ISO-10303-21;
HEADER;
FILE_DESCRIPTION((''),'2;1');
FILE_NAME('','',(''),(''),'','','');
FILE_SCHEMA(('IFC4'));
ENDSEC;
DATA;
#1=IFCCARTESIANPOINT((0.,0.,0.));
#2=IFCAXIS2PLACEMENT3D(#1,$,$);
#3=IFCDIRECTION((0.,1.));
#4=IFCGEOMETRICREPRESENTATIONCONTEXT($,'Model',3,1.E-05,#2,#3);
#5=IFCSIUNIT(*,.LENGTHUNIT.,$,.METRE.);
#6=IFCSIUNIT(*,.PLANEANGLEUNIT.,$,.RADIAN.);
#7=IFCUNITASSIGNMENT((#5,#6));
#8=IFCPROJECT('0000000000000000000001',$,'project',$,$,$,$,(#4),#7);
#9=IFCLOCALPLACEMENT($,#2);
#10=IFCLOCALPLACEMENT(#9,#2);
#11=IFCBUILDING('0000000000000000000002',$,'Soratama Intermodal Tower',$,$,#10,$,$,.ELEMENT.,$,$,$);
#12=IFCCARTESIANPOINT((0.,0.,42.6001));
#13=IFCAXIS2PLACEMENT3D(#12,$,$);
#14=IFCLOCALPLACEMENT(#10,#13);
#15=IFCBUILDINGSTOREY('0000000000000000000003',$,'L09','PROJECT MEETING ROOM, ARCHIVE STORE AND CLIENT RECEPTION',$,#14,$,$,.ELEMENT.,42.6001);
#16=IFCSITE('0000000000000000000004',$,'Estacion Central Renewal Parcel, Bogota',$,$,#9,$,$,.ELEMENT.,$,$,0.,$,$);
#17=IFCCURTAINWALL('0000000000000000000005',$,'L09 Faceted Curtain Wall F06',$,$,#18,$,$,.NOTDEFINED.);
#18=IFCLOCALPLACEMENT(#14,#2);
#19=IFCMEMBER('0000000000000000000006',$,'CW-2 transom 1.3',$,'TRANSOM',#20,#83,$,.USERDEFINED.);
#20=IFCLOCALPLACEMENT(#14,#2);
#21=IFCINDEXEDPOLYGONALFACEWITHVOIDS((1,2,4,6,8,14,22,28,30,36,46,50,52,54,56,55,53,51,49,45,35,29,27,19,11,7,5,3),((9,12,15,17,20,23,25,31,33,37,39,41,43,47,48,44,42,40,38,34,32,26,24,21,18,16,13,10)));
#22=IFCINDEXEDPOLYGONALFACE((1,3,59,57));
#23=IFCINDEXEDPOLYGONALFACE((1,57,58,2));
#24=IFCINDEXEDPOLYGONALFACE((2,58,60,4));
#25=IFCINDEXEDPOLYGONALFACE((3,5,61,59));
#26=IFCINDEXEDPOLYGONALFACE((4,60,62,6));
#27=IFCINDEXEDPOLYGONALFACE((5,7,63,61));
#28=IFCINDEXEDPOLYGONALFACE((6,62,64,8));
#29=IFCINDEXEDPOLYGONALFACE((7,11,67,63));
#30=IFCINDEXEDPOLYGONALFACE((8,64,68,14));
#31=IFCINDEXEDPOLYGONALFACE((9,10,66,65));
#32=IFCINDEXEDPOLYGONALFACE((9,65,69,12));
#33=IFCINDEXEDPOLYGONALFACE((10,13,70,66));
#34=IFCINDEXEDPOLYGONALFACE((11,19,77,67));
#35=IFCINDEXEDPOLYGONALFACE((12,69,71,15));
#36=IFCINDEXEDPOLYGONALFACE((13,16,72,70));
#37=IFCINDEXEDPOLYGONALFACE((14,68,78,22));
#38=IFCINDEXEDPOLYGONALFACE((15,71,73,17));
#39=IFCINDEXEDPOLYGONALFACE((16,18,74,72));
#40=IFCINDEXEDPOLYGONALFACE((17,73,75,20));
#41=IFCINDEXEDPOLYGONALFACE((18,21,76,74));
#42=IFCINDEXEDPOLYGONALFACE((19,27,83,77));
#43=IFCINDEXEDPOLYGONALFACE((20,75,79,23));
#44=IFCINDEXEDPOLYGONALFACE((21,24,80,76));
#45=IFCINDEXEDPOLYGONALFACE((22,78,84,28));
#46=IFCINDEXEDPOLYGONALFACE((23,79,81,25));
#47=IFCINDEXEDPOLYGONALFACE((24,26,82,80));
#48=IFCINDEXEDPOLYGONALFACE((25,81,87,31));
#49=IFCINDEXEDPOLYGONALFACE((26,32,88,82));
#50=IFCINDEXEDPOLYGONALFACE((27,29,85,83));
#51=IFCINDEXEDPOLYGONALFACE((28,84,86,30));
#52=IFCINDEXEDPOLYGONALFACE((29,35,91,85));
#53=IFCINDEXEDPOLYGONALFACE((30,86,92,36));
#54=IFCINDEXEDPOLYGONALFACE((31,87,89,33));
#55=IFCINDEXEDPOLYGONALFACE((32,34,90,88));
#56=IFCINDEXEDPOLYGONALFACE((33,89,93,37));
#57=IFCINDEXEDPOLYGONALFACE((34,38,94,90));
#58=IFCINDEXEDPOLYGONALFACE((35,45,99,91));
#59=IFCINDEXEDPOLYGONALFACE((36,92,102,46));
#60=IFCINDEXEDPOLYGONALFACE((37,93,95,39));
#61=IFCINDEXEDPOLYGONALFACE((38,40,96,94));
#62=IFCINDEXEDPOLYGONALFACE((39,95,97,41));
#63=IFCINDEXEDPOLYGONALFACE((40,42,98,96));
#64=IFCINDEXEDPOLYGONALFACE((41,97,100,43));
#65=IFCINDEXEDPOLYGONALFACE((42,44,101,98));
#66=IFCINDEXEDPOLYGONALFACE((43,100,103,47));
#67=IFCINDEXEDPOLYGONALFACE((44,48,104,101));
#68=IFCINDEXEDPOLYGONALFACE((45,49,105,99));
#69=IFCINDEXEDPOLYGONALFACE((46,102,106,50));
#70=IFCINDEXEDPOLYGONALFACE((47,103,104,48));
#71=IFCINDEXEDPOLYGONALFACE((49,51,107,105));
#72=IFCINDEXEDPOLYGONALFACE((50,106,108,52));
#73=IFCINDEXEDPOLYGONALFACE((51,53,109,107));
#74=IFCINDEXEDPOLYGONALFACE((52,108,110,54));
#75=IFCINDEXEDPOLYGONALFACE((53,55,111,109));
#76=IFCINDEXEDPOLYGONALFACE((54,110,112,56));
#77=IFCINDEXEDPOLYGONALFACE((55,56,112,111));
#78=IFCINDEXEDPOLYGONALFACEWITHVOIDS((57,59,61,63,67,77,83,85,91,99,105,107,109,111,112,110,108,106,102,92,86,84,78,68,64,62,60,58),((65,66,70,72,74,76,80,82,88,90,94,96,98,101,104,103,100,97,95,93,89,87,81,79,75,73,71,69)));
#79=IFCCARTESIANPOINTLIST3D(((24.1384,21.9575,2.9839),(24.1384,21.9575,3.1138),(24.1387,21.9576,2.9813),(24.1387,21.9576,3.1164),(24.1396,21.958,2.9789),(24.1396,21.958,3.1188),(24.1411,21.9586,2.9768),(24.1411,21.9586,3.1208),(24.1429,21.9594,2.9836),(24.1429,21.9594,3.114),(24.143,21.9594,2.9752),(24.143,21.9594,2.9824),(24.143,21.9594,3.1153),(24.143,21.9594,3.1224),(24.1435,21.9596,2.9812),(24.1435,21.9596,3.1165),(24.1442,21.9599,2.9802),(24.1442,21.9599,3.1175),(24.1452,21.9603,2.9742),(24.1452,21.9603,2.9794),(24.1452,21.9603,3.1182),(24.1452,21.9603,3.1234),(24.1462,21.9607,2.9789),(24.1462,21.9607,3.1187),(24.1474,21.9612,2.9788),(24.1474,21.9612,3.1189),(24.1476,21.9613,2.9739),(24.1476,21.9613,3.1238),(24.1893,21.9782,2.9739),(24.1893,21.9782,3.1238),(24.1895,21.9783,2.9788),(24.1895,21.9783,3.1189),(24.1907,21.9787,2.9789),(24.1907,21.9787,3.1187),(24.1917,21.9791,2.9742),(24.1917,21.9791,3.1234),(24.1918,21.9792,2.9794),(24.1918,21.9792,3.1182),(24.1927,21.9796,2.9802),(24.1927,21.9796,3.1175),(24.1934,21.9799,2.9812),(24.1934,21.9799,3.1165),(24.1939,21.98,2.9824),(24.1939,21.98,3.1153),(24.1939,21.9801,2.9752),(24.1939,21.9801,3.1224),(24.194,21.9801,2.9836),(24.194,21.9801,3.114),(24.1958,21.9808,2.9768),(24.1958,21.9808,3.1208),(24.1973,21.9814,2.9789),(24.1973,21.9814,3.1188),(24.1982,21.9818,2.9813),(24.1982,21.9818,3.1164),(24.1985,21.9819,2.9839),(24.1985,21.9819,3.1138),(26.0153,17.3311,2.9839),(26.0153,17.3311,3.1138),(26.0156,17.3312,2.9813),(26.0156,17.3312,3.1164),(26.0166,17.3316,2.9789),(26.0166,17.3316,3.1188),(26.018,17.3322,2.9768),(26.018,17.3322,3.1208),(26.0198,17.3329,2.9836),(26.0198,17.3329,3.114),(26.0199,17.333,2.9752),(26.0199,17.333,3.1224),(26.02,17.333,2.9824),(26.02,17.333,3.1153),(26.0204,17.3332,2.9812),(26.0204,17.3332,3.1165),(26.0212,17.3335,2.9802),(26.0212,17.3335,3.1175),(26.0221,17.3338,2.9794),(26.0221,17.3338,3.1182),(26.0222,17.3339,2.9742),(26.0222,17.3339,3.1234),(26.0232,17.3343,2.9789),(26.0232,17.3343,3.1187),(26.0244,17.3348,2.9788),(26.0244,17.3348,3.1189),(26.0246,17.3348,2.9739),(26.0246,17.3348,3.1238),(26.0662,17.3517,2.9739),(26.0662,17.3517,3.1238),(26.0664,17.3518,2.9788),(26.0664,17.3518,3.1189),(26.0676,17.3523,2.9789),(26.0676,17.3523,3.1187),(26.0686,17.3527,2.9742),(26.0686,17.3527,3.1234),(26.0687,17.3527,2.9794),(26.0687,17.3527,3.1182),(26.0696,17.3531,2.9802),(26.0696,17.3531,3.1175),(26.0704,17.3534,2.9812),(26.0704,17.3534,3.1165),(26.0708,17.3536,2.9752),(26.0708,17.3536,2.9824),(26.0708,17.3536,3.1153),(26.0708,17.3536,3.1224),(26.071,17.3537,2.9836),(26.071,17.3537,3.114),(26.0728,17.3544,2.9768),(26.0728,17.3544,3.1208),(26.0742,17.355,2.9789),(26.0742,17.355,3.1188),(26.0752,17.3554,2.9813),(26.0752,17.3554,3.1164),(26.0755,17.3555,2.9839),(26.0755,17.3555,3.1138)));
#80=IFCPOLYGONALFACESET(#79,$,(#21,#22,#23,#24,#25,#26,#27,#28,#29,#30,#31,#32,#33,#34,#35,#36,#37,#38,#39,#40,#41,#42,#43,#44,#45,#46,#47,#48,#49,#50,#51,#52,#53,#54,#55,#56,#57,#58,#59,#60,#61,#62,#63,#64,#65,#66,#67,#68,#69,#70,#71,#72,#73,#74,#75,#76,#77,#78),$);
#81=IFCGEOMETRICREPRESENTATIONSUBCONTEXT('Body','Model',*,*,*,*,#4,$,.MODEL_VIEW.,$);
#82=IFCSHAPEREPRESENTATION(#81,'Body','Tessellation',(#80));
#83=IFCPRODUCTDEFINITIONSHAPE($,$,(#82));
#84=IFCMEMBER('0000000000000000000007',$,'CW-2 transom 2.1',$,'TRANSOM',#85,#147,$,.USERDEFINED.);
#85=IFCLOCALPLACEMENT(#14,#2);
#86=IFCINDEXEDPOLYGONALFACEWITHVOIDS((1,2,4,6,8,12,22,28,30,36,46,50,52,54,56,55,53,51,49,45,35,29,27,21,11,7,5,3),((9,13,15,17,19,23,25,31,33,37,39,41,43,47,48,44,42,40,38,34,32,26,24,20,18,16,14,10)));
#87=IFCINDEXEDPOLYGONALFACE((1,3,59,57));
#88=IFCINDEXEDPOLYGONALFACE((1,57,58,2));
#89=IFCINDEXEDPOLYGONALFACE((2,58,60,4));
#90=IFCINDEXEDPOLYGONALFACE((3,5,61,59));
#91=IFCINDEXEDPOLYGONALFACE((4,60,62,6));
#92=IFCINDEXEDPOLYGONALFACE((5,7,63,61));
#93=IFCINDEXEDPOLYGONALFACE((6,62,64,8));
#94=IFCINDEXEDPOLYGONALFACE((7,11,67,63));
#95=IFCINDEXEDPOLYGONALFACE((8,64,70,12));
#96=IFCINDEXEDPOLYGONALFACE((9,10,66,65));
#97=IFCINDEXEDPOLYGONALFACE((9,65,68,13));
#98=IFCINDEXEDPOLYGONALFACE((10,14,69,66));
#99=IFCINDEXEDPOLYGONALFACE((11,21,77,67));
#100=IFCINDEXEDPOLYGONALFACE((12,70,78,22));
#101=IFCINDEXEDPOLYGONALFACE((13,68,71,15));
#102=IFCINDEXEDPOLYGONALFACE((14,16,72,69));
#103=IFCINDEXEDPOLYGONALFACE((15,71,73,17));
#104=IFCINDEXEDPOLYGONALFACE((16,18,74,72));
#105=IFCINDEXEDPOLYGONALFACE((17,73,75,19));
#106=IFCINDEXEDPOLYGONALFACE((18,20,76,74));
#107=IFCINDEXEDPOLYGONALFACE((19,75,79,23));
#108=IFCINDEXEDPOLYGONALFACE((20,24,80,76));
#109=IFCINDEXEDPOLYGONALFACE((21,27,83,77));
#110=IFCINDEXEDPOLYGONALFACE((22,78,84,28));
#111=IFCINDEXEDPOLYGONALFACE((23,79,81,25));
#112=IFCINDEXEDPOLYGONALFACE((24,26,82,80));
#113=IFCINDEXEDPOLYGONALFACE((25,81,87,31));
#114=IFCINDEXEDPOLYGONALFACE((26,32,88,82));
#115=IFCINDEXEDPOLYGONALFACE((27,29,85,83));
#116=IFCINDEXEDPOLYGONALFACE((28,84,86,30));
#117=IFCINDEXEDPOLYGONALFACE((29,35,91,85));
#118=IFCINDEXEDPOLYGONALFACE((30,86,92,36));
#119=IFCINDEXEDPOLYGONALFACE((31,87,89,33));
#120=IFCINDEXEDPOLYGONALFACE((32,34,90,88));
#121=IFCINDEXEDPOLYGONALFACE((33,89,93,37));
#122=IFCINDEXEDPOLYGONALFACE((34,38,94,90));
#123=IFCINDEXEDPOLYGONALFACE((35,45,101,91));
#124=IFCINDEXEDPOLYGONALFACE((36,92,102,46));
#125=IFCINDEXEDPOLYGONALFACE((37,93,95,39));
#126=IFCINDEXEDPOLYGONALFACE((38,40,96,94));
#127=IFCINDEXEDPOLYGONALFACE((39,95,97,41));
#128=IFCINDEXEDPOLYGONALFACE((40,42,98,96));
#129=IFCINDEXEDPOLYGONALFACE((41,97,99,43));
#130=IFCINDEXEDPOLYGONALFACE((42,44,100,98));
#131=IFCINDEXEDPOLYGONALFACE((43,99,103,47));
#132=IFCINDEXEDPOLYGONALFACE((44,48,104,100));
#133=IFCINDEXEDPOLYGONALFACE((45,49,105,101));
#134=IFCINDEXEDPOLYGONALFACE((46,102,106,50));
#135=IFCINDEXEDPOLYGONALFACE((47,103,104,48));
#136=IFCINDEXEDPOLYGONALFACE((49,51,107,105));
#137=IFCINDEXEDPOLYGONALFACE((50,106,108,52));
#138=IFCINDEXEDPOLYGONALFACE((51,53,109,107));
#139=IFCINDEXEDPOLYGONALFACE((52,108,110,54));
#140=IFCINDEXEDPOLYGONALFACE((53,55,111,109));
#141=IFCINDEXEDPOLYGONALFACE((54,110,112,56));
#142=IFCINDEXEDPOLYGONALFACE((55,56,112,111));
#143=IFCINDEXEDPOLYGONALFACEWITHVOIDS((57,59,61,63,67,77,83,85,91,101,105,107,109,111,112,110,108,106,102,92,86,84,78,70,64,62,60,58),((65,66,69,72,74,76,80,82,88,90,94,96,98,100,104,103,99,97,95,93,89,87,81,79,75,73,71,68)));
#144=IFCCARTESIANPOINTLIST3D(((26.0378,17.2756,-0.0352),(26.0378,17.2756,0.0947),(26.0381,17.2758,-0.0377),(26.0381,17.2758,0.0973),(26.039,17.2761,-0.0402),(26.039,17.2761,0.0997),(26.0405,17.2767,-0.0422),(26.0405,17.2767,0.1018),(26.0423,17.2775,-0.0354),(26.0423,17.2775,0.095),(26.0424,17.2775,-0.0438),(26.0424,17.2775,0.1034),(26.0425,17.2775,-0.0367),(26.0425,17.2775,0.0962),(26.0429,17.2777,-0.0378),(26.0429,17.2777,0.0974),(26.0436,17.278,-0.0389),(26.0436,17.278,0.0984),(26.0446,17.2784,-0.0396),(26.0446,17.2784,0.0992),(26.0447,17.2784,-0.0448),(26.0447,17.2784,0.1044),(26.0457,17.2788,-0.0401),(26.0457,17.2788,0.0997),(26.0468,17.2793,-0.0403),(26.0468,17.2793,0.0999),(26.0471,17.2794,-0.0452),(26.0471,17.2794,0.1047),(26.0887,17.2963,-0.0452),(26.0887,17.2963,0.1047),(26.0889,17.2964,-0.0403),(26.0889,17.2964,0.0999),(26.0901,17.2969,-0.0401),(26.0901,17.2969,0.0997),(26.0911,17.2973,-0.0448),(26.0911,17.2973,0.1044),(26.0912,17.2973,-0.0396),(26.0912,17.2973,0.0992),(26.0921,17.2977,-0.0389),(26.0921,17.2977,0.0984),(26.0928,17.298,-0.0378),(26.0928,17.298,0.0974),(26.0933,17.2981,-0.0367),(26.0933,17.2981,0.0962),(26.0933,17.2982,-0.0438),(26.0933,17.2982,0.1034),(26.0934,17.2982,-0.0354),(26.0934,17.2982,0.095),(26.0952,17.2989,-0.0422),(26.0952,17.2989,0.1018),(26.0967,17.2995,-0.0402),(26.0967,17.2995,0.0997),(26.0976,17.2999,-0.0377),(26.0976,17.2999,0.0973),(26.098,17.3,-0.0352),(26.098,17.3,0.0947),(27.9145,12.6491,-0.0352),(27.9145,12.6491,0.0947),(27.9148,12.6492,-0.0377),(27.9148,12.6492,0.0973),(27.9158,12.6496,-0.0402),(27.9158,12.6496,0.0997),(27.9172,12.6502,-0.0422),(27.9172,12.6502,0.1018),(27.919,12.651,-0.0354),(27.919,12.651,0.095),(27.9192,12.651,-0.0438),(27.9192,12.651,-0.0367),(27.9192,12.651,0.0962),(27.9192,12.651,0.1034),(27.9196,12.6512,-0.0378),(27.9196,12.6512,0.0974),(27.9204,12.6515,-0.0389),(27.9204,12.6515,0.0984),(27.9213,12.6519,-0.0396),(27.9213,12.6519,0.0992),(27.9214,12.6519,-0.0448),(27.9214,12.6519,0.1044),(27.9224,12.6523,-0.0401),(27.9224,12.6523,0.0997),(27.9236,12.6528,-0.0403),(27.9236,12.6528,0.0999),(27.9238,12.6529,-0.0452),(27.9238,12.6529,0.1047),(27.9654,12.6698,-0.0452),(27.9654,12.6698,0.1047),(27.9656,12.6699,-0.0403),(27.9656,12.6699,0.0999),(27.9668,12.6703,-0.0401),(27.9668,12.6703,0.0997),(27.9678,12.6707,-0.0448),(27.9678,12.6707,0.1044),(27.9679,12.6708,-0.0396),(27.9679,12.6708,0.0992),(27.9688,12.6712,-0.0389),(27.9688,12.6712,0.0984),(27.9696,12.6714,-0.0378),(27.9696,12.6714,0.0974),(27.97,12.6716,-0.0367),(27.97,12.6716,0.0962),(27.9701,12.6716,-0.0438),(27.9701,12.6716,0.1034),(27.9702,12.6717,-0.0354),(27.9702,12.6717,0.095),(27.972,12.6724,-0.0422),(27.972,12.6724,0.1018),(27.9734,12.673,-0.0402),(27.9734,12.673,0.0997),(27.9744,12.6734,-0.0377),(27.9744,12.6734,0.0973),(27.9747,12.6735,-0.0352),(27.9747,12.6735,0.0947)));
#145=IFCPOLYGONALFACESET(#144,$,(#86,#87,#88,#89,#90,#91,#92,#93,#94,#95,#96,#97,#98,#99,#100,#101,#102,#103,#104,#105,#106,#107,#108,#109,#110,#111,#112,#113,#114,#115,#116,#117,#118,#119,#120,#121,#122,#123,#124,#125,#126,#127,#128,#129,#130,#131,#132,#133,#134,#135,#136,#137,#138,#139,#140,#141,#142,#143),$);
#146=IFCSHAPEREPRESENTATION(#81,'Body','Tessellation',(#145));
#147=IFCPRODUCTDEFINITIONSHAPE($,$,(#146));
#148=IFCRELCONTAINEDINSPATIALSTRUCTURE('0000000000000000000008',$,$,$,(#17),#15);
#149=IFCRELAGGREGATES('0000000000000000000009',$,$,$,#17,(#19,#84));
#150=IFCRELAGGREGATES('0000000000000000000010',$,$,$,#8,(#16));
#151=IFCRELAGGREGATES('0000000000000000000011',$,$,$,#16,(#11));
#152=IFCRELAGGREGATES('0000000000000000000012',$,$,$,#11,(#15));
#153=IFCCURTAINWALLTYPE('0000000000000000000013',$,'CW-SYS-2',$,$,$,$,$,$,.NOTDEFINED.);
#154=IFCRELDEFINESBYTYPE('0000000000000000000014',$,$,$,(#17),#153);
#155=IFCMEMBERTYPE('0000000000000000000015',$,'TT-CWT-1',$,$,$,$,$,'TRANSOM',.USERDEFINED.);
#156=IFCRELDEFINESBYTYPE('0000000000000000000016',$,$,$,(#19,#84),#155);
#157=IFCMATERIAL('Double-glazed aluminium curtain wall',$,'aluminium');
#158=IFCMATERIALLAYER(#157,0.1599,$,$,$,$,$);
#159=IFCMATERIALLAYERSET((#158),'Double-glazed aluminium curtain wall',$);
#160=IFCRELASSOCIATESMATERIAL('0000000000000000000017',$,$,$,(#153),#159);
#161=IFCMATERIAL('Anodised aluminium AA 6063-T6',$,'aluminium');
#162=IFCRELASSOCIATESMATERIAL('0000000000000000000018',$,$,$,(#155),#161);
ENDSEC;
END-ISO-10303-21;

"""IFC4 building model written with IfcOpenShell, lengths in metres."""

from ifc_helpers import new_model, si_unit, direction, frame, origin, origin_2d, place, context, subcontext, project, spatial, hollow_rectangle, extrude, material, layer, layer_set, material_profile, profile_set, type_object, element, aggregate, save


model = new_model("IFC4")

# Units and contexts
model_context = context("Model", 3, precision=1e-05, world=origin(), true_north=direction((0.0, 1.0)))
body_context = subcontext(model_context, "Body", "Model", "MODEL_VIEW")
ifc_project = project(units=[si_unit("LENGTHUNIT", "METRE"), si_unit("PLANEANGLEUNIT", "RADIAN")], contexts=[model_context])

# Site, building, storey
site_placement = place(None, origin())
site = spatial("IfcSite", under=ifc_project, at=site_placement, Name="Estacion Central Renewal Parcel, Bogota", CompositionType="ELEMENT", RefElevation=0.0)
building_placement = place(site_placement, origin())
building = spatial("IfcBuilding", under=site, at=building_placement, Name="Soratama Intermodal Tower", CompositionType="ELEMENT")
storey_placement = place(building_placement, frame((0.0, 0.0, 42.6001)))
storey = spatial("IfcBuildingStorey", under=building, at=storey_placement, Name="L09", Description="PROJECT MEETING ROOM, ARCHIVE STORE AND CLIENT RECEPTION", CompositionType="ELEMENT", Elevation=42.6001)

# Curtain wall, members
ifc_material_1 = material(Name="Double-glazed aluminium curtain wall", Category="aluminium")
ifc_layer_1 = layer(ifc_material_1, 0.1599)
ifc_layer_set_1 = layer_set([ifc_layer_1], Name="Double-glazed aluminium curtain wall")
curtain_wall_type = type_object("IfcCurtainWallType", Name="CW-SYS-2", PredefinedType="NOTDEFINED", material=ifc_layer_set_1)
curtain_wall_placement = place(storey_placement, origin())
curtain_wall = element("IfcCurtainWall", 1, at=curtain_wall_placement, inside=storey, type_object=curtain_wall_type, Name="L09 Faceted Curtain Wall F06", PredefinedType="NOTDEFINED")
ifc_material_2 = material(Name="Anodised aluminium AA 6063-T6", Category="aluminium")
ifc_material_profile_1 = material_profile(ifc_material_2, hollow_rectangle(XDim=0.0649, YDim=0.1499, WallThickness=0.0049, InnerFilletRadius=0.0049, OuterFilletRadius=0.01, at=origin_2d()), Name="CWT150X65X5")
ifc_profile_set_1 = profile_set([ifc_material_profile_1], Name="Anodised aluminium AA 6063-T6")
member_type_1 = type_object("IfcMemberType", Name="TT-CWT-1", ElementType="TRANSOM", PredefinedType="USERDEFINED", material=ifc_profile_set_1)
member_1_placement = place(storey_placement, frame((24.1685, 21.9697, 3.0488), z_axis=(0.375939, -0.926644, 0.0), x_axis=(0.926644, 0.375939, 0.0)))
member_1 = element("IfcMember", 2, at=member_1_placement, type_object=member_type_1, Name="CW-2 transom 1.3", ObjectType="TRANSOM", PredefinedType="USERDEFINED", context=body_context, shape_type="SweptSolid", body=[
    extrude(hollow_rectangle(XDim=0.0649, YDim=0.1499, WallThickness=0.0049, InnerFilletRadius=0.0049, OuterFilletRadius=0.01, at=origin_2d()), origin(), (0.0, 0.0, 1.0), 4.9927),
])
member_2_placement = place(storey_placement, frame((26.0679, 17.2878, 0.0298), z_axis=(0.375897, -0.926661, 0.0), x_axis=(0.926661, 0.375897, 0.0)))
member_2 = element("IfcMember", 3, at=member_2_placement, type_object=member_type_1, Name="CW-2 transom 2.1", ObjectType="TRANSOM", PredefinedType="USERDEFINED", context=body_context, shape_type="SweptSolid", body=[
    extrude(hollow_rectangle(XDim=0.0649, YDim=0.1499, WallThickness=0.0049, InnerFilletRadius=0.0049, OuterFilletRadius=0.01, at=origin_2d()), origin(), (0.0, 0.0, 1.0), 4.9927),
])
aggregate(curtain_wall, [member_1, member_2])

save(model, "model.ifc")
